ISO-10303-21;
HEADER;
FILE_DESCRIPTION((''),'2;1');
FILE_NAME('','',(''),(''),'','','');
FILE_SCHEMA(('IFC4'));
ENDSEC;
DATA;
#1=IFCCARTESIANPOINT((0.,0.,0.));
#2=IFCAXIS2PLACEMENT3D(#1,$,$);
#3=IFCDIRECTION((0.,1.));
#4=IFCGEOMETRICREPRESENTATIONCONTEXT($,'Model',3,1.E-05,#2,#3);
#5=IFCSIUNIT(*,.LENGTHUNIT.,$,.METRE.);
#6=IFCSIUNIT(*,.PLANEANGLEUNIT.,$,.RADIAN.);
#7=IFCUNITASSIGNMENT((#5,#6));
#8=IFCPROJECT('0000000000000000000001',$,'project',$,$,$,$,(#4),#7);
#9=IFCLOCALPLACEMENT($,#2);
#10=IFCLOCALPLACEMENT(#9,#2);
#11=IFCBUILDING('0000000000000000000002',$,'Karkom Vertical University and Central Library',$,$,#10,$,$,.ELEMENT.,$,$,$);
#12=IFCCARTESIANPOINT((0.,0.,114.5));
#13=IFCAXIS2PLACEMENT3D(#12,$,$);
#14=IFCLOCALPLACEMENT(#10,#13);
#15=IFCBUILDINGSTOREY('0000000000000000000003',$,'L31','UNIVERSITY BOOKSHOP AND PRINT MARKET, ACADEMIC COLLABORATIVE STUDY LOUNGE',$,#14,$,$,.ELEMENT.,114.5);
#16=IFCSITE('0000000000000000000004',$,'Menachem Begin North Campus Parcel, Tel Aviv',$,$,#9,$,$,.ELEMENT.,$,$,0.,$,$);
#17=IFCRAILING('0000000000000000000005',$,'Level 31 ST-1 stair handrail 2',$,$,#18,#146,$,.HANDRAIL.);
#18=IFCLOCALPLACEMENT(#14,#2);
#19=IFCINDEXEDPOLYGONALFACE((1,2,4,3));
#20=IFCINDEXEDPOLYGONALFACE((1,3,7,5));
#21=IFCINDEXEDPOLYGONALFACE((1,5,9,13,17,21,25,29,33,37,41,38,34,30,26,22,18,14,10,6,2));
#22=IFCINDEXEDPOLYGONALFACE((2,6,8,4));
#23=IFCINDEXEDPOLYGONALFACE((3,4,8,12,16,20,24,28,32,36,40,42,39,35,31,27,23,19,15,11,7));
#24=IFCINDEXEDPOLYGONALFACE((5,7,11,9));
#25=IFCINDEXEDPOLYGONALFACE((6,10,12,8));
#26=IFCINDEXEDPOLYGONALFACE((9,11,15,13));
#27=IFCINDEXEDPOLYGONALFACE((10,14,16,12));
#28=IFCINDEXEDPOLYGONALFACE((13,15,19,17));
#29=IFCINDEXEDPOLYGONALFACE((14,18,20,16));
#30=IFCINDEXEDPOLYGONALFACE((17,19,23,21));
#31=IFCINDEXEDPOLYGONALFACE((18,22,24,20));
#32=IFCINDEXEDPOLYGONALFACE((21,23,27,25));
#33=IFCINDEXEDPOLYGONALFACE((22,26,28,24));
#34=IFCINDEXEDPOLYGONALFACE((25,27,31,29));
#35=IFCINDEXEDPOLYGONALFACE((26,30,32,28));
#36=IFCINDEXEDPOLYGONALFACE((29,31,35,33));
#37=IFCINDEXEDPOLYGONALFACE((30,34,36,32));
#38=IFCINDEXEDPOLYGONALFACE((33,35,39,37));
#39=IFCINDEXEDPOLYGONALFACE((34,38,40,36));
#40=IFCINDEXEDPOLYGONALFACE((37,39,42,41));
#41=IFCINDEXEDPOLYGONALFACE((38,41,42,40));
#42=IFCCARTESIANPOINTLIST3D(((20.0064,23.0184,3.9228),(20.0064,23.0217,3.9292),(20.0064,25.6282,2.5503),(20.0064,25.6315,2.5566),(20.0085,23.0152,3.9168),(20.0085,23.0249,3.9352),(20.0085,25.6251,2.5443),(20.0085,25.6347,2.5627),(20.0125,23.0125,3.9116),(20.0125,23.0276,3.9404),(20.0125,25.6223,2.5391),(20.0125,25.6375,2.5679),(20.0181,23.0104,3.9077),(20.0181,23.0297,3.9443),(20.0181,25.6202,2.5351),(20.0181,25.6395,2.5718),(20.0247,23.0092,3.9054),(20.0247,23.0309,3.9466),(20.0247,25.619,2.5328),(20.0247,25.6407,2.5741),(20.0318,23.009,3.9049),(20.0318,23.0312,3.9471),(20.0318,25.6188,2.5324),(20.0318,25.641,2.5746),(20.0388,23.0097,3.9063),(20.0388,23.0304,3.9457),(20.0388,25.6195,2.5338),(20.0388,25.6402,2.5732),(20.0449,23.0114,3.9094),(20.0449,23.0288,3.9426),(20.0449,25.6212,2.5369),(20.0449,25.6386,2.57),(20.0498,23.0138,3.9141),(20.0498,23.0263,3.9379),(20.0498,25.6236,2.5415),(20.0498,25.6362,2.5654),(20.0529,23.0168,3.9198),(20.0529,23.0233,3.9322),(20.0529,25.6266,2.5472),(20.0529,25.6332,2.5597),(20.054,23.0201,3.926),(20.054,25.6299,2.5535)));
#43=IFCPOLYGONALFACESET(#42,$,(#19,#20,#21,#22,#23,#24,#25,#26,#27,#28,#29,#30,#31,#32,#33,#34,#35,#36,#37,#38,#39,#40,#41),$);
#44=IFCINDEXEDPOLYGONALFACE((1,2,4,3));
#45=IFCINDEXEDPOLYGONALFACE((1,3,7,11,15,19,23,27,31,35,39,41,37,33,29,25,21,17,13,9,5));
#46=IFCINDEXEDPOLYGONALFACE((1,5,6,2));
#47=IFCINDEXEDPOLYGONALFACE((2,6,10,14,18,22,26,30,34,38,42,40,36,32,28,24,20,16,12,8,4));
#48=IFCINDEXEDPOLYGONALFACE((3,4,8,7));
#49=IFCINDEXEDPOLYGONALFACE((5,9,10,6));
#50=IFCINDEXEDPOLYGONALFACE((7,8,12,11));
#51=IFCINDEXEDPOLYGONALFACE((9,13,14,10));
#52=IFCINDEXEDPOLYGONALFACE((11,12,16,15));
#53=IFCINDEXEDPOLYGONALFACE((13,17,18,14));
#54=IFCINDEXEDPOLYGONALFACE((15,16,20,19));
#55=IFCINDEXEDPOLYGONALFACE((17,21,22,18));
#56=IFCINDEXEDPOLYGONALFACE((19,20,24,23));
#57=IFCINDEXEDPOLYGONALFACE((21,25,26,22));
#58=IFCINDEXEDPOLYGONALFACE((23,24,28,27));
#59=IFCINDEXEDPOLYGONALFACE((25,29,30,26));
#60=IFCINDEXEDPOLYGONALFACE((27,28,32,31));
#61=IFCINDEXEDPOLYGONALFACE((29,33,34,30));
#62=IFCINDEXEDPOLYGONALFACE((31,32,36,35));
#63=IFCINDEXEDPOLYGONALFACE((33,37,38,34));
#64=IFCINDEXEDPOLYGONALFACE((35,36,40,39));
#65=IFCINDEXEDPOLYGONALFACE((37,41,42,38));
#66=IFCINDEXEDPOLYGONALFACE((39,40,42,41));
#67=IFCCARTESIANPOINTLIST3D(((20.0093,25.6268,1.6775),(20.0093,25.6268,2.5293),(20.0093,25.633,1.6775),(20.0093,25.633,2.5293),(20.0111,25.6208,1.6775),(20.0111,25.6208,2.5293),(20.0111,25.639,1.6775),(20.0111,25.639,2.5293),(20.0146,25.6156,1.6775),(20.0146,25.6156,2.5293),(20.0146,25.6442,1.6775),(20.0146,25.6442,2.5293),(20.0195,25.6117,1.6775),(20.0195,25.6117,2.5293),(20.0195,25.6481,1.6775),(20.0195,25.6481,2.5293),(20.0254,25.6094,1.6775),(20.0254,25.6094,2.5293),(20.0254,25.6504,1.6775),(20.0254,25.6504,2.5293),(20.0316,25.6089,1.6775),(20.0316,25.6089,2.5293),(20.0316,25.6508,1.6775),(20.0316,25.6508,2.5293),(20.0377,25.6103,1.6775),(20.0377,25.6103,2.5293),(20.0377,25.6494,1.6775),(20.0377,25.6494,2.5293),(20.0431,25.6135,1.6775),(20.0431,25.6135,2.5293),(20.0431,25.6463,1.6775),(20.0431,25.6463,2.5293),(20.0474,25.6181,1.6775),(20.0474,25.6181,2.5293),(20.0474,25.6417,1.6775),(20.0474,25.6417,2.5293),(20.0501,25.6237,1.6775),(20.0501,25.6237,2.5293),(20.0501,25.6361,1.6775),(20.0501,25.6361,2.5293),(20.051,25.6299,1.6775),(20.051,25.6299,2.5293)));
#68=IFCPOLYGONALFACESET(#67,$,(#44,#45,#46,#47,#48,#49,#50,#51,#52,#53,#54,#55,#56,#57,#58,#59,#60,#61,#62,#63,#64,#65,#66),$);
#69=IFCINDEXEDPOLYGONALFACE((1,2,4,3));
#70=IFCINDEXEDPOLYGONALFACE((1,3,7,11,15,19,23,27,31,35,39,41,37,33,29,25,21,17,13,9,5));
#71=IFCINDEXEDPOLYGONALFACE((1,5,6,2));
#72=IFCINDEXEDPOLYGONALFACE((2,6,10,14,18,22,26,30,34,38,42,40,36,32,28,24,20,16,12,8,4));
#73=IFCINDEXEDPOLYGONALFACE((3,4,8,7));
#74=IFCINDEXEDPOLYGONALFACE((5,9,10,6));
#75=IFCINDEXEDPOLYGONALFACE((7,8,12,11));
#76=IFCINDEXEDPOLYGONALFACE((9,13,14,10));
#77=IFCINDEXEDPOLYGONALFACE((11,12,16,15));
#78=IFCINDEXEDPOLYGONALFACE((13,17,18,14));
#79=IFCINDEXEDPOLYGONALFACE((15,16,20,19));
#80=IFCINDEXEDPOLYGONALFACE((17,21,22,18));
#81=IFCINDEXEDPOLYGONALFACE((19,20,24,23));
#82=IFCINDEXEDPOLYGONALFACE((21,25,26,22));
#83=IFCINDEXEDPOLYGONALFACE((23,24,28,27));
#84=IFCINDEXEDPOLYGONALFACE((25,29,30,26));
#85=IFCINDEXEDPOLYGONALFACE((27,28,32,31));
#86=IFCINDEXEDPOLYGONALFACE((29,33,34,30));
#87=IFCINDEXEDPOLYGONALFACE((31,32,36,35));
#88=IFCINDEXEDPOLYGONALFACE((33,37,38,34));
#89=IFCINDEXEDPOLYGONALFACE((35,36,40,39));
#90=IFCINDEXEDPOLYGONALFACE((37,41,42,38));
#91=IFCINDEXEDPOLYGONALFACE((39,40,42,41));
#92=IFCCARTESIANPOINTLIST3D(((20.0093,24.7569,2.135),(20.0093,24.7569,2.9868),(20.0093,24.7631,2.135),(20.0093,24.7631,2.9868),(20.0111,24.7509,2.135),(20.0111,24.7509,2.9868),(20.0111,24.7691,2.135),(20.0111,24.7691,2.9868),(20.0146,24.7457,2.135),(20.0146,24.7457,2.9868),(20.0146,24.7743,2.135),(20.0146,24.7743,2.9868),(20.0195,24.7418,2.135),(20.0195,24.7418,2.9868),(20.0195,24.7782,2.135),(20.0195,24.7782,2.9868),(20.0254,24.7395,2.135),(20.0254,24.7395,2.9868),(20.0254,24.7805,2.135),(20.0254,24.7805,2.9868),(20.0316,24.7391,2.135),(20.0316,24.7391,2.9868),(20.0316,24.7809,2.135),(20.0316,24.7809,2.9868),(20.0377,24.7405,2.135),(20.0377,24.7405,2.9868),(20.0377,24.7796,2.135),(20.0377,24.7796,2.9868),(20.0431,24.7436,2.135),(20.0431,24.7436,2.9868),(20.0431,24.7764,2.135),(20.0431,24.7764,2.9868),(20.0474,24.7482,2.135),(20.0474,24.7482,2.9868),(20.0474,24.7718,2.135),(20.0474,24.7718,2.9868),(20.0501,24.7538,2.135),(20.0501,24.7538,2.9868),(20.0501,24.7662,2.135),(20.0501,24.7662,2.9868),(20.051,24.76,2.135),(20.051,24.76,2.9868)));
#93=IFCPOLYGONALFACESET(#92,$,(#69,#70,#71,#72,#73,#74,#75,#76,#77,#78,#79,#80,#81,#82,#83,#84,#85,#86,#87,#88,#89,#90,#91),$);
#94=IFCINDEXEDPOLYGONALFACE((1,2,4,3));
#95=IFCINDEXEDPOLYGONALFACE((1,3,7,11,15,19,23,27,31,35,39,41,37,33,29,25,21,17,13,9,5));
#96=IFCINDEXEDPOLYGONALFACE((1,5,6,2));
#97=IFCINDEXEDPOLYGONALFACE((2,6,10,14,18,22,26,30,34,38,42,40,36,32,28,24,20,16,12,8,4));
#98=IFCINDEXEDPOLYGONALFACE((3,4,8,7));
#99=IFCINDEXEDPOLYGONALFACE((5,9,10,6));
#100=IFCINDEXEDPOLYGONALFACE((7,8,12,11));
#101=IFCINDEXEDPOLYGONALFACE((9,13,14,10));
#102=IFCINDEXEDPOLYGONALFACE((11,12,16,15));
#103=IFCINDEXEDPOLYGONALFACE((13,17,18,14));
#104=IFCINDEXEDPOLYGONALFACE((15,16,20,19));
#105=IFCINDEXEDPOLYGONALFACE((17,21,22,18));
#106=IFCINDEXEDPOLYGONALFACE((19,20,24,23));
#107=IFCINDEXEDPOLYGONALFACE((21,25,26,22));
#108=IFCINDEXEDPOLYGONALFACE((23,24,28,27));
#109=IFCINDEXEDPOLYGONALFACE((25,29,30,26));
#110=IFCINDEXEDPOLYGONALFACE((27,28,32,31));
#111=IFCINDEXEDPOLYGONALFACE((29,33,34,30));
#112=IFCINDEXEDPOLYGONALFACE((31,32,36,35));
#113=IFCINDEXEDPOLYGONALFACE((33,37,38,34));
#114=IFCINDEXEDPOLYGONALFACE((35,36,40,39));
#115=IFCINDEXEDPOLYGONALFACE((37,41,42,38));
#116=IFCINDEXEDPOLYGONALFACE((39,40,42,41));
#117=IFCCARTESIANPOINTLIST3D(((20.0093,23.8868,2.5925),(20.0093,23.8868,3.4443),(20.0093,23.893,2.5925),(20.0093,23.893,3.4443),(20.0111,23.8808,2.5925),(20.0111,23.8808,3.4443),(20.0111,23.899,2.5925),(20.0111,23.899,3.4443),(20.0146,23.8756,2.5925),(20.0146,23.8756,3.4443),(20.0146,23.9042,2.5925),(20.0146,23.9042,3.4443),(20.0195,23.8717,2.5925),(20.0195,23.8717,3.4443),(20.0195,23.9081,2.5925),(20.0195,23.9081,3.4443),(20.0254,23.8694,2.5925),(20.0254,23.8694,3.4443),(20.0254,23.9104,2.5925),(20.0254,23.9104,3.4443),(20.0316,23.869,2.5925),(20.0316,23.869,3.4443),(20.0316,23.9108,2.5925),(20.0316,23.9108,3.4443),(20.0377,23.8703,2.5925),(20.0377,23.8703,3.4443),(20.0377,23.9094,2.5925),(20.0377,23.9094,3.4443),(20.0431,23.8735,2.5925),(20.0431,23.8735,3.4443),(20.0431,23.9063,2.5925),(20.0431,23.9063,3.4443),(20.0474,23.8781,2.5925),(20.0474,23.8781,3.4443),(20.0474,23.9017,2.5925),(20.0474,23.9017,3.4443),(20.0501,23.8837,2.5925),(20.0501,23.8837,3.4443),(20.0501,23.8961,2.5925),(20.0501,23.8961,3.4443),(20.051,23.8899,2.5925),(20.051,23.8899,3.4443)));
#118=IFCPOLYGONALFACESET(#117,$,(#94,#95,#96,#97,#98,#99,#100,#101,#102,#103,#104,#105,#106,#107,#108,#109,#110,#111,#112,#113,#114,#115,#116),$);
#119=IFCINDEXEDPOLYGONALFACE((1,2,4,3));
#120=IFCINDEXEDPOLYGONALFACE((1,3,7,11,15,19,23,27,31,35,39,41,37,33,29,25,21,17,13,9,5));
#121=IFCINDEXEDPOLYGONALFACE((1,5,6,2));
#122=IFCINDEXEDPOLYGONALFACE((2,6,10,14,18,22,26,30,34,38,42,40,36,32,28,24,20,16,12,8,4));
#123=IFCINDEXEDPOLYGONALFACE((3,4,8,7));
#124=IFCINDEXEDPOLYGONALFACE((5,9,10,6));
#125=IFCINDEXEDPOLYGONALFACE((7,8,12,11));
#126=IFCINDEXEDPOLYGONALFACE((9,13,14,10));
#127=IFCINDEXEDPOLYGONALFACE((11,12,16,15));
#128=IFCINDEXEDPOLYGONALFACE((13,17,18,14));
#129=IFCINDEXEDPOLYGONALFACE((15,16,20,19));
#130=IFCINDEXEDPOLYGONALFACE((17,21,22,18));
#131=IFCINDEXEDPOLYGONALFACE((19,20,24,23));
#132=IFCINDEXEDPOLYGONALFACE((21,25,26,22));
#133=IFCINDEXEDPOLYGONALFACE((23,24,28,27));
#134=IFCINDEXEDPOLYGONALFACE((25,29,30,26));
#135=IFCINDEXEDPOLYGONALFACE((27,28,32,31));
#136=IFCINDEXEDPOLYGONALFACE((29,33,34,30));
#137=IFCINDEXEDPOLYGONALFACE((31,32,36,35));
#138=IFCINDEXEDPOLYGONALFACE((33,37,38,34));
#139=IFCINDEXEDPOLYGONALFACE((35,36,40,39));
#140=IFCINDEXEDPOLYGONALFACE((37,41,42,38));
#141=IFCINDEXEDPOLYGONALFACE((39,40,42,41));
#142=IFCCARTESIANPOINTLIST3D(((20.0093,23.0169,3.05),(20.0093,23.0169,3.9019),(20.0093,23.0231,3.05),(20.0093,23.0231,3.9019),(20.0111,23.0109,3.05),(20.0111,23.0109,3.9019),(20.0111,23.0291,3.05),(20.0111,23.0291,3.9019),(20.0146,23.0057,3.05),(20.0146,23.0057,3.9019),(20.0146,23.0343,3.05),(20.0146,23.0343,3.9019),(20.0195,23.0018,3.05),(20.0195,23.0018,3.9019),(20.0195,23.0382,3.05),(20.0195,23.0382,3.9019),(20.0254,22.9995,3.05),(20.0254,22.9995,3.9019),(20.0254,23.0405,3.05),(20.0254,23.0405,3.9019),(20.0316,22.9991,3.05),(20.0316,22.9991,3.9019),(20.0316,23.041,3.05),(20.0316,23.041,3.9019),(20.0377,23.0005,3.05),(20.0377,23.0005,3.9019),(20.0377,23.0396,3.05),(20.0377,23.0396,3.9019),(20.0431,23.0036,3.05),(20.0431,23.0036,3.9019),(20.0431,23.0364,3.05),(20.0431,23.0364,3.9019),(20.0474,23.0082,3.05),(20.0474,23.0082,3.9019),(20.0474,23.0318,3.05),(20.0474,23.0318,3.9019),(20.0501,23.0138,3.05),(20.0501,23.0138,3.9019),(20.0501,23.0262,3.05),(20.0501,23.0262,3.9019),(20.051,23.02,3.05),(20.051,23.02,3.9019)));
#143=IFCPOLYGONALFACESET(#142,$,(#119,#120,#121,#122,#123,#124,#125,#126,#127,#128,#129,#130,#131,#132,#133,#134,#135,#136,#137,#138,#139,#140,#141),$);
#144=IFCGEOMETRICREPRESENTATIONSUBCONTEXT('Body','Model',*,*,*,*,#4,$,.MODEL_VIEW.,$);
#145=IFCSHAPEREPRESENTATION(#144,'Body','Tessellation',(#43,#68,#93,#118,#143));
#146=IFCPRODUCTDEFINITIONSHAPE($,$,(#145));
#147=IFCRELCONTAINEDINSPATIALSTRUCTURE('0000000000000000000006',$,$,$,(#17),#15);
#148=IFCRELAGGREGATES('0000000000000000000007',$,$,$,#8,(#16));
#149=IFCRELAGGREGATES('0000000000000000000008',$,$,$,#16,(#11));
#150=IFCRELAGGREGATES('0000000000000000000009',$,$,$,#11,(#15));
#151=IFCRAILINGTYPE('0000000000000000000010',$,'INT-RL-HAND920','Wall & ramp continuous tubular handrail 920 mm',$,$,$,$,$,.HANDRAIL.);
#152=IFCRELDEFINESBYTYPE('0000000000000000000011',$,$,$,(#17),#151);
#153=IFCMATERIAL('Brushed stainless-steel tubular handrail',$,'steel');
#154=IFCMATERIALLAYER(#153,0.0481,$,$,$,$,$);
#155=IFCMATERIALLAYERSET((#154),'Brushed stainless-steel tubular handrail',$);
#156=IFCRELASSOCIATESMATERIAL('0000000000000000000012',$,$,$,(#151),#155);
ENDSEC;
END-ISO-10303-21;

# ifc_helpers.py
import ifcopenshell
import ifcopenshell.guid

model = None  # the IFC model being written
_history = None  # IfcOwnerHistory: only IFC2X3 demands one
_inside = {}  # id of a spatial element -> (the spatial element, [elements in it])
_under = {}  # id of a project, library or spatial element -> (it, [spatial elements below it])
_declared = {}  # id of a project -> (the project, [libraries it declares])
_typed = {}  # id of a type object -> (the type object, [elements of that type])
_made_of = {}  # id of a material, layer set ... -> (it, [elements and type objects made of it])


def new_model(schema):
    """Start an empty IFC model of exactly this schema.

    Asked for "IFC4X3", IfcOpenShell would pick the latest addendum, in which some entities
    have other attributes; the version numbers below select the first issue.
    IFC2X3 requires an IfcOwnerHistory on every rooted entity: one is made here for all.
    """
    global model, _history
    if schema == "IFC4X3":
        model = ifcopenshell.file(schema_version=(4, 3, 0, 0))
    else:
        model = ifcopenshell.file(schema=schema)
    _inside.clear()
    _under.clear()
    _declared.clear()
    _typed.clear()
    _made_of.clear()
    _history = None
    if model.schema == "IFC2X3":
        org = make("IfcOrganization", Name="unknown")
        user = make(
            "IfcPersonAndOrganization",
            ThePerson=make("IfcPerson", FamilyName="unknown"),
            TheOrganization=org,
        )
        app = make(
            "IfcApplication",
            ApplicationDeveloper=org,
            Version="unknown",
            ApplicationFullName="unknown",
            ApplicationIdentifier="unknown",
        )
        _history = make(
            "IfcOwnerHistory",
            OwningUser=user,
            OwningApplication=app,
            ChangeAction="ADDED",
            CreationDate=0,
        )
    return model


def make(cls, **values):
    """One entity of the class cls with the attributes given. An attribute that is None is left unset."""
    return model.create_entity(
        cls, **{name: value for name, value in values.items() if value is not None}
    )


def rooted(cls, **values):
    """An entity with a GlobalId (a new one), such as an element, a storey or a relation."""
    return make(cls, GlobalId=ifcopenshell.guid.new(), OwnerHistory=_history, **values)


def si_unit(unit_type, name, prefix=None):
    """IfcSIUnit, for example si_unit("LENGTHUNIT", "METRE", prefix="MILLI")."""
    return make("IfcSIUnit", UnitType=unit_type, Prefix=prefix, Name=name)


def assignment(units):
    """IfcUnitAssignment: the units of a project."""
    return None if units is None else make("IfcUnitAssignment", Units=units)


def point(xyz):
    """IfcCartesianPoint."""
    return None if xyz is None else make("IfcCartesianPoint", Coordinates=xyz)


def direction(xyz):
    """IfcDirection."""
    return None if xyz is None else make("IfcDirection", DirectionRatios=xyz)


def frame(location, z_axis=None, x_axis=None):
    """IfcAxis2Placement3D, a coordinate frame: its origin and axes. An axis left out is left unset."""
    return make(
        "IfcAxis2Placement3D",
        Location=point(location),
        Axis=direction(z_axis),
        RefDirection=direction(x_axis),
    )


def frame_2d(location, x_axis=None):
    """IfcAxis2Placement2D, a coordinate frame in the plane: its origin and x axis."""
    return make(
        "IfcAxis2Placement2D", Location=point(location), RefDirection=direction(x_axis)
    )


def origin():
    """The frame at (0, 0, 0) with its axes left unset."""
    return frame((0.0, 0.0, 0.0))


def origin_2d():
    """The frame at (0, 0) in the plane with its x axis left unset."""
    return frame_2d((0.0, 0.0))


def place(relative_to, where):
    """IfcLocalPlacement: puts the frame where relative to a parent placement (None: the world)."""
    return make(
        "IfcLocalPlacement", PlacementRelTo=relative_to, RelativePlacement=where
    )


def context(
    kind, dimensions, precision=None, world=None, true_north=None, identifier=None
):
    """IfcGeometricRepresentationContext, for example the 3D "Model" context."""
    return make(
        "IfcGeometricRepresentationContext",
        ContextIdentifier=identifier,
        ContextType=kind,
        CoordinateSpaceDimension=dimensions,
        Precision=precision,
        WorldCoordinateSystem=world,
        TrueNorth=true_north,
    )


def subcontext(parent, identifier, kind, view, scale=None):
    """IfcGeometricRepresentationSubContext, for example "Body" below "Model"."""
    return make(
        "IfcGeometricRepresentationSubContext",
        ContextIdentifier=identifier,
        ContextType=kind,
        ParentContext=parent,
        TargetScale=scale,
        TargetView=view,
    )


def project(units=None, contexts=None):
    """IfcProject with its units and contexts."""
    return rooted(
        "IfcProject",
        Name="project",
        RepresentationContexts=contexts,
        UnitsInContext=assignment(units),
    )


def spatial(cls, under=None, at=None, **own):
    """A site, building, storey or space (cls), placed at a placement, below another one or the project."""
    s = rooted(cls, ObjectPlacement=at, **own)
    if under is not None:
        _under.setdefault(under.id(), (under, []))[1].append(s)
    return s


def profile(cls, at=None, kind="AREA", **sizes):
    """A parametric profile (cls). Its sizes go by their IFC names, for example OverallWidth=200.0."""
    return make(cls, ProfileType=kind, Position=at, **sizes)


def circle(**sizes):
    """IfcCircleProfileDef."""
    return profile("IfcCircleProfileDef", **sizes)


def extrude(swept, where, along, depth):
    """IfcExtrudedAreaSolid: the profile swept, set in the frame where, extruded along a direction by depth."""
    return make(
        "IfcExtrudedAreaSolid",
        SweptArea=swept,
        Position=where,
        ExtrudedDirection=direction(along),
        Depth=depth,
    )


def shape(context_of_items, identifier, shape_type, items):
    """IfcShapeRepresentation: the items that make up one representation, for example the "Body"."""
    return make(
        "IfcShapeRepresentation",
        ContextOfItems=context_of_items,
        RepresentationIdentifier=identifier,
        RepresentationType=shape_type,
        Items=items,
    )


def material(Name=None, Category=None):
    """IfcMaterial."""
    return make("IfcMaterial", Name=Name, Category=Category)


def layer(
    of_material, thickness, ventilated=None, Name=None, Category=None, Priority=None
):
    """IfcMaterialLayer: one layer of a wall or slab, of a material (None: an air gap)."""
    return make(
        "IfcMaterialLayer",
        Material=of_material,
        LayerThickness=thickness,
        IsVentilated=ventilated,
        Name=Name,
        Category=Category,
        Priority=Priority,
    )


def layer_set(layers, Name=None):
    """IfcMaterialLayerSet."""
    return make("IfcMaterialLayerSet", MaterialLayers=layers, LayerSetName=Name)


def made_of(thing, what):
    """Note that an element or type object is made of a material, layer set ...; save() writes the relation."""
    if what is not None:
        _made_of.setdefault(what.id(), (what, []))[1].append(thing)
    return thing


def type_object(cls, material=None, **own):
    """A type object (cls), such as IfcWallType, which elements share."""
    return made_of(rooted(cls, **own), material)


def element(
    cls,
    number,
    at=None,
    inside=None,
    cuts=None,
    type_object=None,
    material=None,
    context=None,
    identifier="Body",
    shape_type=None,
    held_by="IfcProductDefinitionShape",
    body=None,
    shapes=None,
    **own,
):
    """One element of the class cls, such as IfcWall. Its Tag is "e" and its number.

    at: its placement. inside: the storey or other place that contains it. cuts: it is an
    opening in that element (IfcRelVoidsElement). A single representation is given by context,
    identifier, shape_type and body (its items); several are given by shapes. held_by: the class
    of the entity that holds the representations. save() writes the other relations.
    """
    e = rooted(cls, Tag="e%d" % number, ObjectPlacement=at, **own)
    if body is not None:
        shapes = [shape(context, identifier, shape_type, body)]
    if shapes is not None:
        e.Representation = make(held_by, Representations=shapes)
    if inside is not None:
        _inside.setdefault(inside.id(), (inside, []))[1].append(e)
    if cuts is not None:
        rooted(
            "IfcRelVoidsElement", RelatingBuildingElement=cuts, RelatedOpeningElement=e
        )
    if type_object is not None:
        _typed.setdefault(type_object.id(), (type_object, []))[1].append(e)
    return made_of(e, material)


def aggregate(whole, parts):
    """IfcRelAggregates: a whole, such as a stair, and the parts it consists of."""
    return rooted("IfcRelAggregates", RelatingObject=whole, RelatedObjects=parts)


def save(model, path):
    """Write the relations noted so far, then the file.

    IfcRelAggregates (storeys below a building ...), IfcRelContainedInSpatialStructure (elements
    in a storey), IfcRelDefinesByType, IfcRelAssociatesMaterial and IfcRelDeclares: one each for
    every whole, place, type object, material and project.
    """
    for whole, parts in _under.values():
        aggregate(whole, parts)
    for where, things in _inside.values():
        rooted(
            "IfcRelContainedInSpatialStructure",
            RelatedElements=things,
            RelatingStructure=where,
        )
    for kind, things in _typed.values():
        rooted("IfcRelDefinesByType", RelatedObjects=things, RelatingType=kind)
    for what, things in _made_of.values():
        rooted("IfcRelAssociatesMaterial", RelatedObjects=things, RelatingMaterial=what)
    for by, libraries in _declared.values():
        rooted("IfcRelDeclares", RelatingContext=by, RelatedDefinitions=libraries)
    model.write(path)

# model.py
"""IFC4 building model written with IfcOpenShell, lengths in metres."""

from ifc_helpers import new_model, si_unit, direction, frame, origin, origin_2d, place, context, subcontext, project, spatial, circle, extrude, material, layer, layer_set, type_object, element, save


model = new_model("IFC4")

# Units and contexts
model_context = context("Model", 3, precision=1e-05, world=origin(), true_north=direction((0.0, 1.0)))
body_context = subcontext(model_context, "Body", "Model", "MODEL_VIEW")
ifc_project = project(units=[si_unit("LENGTHUNIT", "METRE"), si_unit("PLANEANGLEUNIT", "RADIAN")], contexts=[model_context])

# Site, building, storey
site_placement = place(None, origin())
site = spatial("IfcSite", under=ifc_project, at=site_placement, Name="Menachem Begin North Campus Parcel, Tel Aviv", CompositionType="ELEMENT", RefElevation=0.0)
building_placement = place(site_placement, origin())
building = spatial("IfcBuilding", under=site, at=building_placement, Name="Karkom Vertical University and Central Library", CompositionType="ELEMENT")
storey_placement = place(building_placement, frame((0.0, 0.0, 114.5)))
storey = spatial("IfcBuildingStorey", under=building, at=storey_placement, Name="L31", Description="UNIVERSITY BOOKSHOP AND PRINT MARKET, ACADEMIC COLLABORATIVE STUDY LOUNGE", CompositionType="ELEMENT", Elevation=114.5)

# Railing
ifc_material_1 = material(Name="Brushed stainless-steel tubular handrail", Category="steel")
ifc_layer_1 = layer(ifc_material_1, 0.0481)
ifc_layer_set_1 = layer_set([ifc_layer_1], Name="Brushed stainless-steel tubular handrail")
railing_type_1 = type_object("IfcRailingType", Name="INT-RL-HAND920", Description="Wall & ramp continuous tubular handrail 920 mm", PredefinedType="HANDRAIL", material=ifc_layer_set_1)
railing_1_placement = place(storey_placement, frame((20.03, 25.6299, 1.6775)))
element("IfcRailing", 1, at=railing_1_placement, inside=storey, type_object=railing_type_1, Name="Level 31 ST-1 stair handrail 2", PredefinedType="HANDRAIL", context=body_context, shape_type="SweptSolid", body=[
    extrude(circle(Radius=0.0239, at=origin_2d()), frame((0.0, 0.0, 0.876), z_axis=(0.0, -0.885065, 0.465467), x_axis=(1.0, 0.0, 0.0)), (0.0, 0.0, 1.0), 2.9487),
    extrude(circle(Radius=0.021, at=origin_2d()), origin(), (0.0, 0.0, 1.0), 0.8518),
    extrude(circle(Radius=0.021, at=origin_2d()), frame((0.0, -0.8699, 0.4575)), (0.0, 0.0, 1.0), 0.8518),
    extrude(circle(Radius=0.021, at=origin_2d()), frame((0.0, -1.74, 0.915)), (0.0, 0.0, 1.0), 0.8518),
    extrude(circle(Radius=0.021, at=origin_2d()), frame((0.0, -2.6099, 1.3726)), (0.0, 0.0, 1.0), 0.8518),
])

save(model, "model.ifc")
